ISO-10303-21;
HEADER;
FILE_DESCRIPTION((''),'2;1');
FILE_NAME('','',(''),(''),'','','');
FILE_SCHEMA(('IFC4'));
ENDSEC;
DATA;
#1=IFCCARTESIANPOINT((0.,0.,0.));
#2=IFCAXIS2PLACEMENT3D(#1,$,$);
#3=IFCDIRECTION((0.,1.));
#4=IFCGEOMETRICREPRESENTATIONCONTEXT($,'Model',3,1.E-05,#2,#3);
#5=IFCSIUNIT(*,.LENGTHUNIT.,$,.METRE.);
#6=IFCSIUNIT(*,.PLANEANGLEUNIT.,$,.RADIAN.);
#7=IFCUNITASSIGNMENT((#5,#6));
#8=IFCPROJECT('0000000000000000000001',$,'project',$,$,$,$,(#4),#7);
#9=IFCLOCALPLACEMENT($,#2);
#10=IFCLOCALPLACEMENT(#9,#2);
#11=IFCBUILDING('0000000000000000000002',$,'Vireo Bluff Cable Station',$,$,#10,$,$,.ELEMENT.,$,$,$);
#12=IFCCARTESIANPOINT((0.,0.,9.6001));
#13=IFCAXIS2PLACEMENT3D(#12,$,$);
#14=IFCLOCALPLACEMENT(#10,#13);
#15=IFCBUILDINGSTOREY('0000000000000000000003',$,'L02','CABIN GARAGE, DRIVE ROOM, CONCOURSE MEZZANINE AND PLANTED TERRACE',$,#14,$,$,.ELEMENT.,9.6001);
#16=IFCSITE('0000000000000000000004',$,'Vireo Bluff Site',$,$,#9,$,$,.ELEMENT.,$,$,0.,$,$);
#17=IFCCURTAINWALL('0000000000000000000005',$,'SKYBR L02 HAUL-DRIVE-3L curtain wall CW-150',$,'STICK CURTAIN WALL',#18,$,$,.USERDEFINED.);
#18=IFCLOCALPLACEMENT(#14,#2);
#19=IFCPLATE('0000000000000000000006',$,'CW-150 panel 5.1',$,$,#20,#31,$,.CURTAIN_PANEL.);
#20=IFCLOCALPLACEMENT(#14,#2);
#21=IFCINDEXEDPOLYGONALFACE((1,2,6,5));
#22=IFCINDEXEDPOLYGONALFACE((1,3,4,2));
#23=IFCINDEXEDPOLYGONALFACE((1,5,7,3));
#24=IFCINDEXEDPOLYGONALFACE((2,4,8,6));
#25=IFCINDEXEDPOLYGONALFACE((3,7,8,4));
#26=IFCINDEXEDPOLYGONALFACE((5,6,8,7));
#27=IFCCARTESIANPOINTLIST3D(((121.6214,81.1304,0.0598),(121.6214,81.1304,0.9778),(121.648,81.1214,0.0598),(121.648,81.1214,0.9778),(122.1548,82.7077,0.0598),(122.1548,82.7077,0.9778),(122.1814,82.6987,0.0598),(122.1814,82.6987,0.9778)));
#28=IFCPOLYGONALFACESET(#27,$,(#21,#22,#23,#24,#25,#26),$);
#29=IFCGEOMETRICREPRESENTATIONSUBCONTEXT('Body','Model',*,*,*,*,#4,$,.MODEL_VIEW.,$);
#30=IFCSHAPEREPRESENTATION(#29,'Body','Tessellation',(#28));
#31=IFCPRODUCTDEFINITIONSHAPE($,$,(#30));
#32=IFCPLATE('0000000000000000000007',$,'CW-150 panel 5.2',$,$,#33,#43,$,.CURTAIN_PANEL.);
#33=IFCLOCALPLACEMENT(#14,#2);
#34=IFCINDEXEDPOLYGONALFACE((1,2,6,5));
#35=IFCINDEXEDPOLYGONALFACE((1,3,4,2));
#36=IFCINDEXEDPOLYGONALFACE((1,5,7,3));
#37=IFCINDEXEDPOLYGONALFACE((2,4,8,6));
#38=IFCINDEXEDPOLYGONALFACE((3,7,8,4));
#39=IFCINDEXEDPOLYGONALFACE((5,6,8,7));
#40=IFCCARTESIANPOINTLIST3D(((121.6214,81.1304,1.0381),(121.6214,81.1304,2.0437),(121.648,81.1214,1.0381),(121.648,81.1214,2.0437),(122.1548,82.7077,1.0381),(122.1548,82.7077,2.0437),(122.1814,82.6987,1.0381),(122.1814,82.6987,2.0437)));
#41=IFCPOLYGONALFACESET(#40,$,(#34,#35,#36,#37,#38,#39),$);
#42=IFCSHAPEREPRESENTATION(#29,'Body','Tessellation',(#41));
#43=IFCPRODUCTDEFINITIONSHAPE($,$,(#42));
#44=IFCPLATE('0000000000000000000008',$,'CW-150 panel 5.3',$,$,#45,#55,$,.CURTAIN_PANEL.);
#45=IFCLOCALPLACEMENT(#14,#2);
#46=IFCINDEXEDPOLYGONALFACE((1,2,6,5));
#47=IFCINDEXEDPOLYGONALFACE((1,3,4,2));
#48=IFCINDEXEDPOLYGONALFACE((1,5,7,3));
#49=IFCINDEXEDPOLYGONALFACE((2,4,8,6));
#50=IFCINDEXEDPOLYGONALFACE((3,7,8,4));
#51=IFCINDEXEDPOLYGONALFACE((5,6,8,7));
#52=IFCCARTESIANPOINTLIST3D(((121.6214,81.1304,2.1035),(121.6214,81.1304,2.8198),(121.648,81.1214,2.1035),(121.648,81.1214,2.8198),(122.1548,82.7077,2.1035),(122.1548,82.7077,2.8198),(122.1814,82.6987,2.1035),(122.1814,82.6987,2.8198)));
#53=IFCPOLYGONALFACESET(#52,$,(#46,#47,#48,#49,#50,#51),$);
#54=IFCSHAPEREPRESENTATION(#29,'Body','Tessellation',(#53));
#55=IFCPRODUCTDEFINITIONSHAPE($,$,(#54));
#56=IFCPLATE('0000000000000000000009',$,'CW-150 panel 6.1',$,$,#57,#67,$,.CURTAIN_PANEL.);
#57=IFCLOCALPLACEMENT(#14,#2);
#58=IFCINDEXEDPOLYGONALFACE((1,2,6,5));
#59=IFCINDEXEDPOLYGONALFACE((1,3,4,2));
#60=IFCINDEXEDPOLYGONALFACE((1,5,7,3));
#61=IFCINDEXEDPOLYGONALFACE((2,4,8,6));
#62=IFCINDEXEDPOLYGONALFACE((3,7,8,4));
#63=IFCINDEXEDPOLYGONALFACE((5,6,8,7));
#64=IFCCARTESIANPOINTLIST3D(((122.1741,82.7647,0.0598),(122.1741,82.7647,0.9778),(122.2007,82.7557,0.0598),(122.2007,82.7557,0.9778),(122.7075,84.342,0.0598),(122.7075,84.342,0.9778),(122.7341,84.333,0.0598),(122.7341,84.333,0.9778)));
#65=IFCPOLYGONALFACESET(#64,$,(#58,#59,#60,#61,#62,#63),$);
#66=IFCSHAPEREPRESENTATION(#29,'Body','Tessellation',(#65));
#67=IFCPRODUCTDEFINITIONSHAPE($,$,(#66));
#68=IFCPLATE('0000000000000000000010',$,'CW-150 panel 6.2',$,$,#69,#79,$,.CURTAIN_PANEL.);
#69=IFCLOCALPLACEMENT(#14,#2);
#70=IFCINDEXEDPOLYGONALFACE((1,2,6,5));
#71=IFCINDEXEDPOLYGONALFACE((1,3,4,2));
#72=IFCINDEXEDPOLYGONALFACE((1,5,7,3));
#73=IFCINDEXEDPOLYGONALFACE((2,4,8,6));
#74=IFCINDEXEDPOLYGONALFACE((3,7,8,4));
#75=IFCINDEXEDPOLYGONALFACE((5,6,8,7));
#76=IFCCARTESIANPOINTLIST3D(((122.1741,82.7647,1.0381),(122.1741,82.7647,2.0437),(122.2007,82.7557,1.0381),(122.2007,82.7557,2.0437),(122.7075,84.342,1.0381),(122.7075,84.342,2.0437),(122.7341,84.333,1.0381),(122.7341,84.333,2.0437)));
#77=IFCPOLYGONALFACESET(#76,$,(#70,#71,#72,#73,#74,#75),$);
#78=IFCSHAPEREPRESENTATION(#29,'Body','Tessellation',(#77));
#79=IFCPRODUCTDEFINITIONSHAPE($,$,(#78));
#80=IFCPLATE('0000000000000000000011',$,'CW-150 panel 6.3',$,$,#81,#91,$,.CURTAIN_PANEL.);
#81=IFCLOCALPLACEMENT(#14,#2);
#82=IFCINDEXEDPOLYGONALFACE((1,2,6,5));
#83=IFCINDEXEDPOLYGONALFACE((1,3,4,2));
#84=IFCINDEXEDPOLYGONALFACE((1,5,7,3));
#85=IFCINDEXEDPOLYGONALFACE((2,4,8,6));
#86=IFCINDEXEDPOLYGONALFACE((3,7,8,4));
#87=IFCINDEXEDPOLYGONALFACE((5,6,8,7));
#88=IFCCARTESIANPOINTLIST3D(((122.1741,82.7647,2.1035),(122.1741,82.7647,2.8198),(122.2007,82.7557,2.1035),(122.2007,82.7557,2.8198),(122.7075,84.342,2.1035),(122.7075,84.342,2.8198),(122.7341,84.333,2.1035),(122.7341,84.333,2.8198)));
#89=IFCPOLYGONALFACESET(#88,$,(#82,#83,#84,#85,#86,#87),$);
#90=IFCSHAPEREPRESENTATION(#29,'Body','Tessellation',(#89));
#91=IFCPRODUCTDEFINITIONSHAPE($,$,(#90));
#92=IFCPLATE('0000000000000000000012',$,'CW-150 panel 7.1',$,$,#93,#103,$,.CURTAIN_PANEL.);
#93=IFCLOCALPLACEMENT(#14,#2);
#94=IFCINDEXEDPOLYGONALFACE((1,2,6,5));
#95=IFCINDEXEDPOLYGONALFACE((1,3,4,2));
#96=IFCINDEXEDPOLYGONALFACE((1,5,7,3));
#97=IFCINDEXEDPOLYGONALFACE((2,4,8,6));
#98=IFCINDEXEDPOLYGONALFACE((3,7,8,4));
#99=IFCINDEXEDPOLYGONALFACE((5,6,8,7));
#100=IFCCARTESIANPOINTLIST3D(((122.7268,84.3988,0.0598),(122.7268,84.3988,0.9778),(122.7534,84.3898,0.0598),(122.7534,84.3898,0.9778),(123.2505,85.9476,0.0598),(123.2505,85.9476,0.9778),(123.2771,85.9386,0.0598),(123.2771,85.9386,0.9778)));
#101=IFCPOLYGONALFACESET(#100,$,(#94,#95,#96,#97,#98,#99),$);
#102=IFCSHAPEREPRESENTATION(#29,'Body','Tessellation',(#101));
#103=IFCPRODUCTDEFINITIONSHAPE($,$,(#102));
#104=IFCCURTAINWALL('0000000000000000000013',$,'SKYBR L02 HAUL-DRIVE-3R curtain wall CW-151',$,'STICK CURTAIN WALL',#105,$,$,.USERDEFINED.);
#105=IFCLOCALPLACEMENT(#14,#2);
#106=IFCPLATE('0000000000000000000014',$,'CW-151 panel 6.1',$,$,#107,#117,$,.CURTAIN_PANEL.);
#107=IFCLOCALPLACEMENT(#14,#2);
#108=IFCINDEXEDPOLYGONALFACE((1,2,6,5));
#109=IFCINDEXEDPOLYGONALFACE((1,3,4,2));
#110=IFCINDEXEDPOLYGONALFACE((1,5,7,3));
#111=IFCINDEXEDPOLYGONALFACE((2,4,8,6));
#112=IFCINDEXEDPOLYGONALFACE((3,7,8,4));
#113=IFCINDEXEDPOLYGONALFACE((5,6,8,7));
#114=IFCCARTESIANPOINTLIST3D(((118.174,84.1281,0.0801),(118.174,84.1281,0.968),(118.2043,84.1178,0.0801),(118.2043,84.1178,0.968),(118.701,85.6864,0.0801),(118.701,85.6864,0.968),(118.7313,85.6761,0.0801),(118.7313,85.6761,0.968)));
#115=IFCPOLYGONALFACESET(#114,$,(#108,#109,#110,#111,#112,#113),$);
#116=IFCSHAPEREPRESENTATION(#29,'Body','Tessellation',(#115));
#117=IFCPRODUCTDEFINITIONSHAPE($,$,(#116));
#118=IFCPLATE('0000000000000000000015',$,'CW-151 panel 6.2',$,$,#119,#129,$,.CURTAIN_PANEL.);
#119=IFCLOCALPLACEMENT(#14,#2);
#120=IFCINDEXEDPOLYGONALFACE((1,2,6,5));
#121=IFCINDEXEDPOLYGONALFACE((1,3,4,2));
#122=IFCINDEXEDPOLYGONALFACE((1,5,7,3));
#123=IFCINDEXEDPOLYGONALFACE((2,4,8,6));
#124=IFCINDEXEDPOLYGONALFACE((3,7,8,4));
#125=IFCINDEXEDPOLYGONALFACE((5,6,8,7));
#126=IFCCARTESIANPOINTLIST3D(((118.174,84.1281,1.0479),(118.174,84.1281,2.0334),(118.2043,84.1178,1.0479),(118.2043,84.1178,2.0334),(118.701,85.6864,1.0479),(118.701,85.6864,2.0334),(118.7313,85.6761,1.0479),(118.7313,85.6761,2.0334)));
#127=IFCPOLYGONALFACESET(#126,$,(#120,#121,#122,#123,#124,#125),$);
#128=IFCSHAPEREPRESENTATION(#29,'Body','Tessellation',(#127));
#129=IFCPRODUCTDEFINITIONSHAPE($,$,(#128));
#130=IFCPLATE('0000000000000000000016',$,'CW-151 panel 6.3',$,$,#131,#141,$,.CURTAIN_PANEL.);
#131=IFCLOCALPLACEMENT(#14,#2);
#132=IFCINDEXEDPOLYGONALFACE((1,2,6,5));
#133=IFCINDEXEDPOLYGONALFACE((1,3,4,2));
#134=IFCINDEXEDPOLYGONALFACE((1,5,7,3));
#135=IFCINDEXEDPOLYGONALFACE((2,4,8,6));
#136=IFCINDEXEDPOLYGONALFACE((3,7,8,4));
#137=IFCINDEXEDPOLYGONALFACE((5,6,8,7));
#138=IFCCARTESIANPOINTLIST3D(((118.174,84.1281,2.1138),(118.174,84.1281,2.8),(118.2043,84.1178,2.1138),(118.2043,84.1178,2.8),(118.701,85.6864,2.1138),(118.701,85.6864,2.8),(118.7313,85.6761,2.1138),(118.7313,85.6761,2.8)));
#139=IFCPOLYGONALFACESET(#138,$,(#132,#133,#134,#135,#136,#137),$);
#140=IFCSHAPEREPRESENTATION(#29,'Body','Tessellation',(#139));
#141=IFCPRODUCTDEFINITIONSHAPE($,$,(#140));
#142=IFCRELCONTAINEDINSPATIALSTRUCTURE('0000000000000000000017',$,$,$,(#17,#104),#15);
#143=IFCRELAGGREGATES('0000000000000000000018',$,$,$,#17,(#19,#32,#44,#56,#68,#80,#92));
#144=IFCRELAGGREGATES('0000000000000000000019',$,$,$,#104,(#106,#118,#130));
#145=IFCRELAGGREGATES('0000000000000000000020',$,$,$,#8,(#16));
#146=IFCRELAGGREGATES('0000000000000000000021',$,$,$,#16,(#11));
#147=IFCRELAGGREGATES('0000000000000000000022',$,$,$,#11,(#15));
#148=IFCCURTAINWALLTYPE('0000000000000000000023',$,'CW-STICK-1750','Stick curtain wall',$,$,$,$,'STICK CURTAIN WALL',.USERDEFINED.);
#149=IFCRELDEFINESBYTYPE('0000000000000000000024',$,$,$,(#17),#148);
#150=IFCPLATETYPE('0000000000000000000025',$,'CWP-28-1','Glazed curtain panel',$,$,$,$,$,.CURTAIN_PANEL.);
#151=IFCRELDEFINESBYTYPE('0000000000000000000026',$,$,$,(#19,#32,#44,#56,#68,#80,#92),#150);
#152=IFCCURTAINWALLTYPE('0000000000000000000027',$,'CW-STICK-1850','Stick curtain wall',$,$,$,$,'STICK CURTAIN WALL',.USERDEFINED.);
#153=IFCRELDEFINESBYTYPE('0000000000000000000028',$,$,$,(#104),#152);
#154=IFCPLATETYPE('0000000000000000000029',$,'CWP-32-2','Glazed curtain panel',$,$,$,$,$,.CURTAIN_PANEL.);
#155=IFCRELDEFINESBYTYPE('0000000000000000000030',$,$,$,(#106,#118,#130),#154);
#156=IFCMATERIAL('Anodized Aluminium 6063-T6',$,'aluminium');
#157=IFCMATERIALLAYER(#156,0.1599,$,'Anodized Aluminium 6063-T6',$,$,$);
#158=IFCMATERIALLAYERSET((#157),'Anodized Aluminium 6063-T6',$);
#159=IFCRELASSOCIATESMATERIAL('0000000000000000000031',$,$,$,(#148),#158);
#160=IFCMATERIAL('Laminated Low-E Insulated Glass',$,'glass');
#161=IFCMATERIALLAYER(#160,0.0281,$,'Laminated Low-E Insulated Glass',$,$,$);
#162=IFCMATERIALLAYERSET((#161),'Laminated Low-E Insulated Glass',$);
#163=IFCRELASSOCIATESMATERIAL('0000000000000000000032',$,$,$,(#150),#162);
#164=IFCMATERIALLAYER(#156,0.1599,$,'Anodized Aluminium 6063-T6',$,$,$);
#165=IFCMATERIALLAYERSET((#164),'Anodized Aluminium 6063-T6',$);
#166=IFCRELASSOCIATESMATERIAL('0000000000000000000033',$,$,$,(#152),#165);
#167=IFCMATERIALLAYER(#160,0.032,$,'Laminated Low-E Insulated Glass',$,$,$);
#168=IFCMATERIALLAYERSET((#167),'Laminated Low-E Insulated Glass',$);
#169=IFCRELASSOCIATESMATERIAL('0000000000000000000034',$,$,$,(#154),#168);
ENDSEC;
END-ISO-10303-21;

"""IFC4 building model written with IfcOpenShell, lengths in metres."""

from ifc_helpers import new_model, si_unit, direction, frame, origin, origin_2d, place, context, subcontext, project, spatial, rectangle, extrude, material, layer, layer_set, type_object, element, aggregate, save


model = new_model("IFC4")

# Units and contexts
model_context = context("Model", 3, precision=1e-05, world=origin(), true_north=direction((0.0, 1.0)))
body_context = subcontext(model_context, "Body", "Model", "MODEL_VIEW")
ifc_project = project(units=[si_unit("LENGTHUNIT", "METRE"), si_unit("PLANEANGLEUNIT", "RADIAN")], contexts=[model_context])

# Site, building, storey
site_placement = place(None, origin())
site = spatial("IfcSite", under=ifc_project, at=site_placement, Name="Vireo Bluff Site", CompositionType="ELEMENT", RefElevation=0.0)
building_placement = place(site_placement, origin())
building = spatial("IfcBuilding", under=site, at=building_placement, Name="Vireo Bluff Cable Station", CompositionType="ELEMENT")
storey_placement = place(building_placement, frame((0.0, 0.0, 9.6001)))
storey = spatial("IfcBuildingStorey", under=building, at=storey_placement, Name="L02", Description="CABIN GARAGE, DRIVE ROOM, CONCOURSE MEZZANINE AND PLANTED TERRACE", CompositionType="ELEMENT", Elevation=9.6001)

# Curtain wall, plates
ifc_material_1 = material(Name="Anodized Aluminium 6063-T6", Category="aluminium")
ifc_layer_1 = layer(ifc_material_1, 0.1599, Name="Anodized Aluminium 6063-T6")
ifc_layer_set_1 = layer_set([ifc_layer_1], Name="Anodized Aluminium 6063-T6")
curtain_wall_type_1 = type_object("IfcCurtainWallType", Name="CW-STICK-1750", Description="Stick curtain wall", ElementType="STICK CURTAIN WALL", PredefinedType="USERDEFINED", material=ifc_layer_set_1)
curtain_wall_1_placement = place(storey_placement, origin())
curtain_wall_1 = element("IfcCurtainWall", 1, at=curtain_wall_1_placement, inside=storey, type_object=curtain_wall_type_1, Name="SKYBR L02 HAUL-DRIVE-3L curtain wall CW-150", ObjectType="STICK CURTAIN WALL", PredefinedType="USERDEFINED")
ifc_material_2 = material(Name="Laminated Low-E Insulated Glass", Category="glass")
ifc_layer_2 = layer(ifc_material_2, 0.0281, Name="Laminated Low-E Insulated Glass")
ifc_layer_set_2 = layer_set([ifc_layer_2], Name="Laminated Low-E Insulated Glass")
plate_type_1 = type_object("IfcPlateType", Name="CWP-28-1", Description="Glazed curtain panel", PredefinedType="CURTAIN_PANEL", material=ifc_layer_set_2)
plate_1_placement = place(storey_placement, frame((121.9014, 81.9146, 0.0598), z_axis=(0.0, 0.0, 1.0), x_axis=(0.320354, 0.947298, 0.0)))
plate_1 = element("IfcPlate", 2, at=plate_1_placement, type_object=plate_type_1, Name="CW-150 panel 5.1", PredefinedType="CURTAIN_PANEL", context=body_context, shape_type="SweptSolid", body=[
    extrude(rectangle(XDim=1.665, YDim=0.0281, at=origin_2d()), origin(), (0.0, 0.0, 1.0), 0.918),
])
plate_2_placement = place(storey_placement, frame((121.9014, 81.9146, 1.0381), z_axis=(0.0, 0.0, 1.0), x_axis=(0.320354, 0.947298, 0.0)))
plate_2 = element("IfcPlate", 3, at=plate_2_placement, type_object=plate_type_1, Name="CW-150 panel 5.2", PredefinedType="CURTAIN_PANEL", context=body_context, shape_type="SweptSolid", body=[
    extrude(rectangle(XDim=1.665, YDim=0.0281, at=origin_2d()), origin(), (0.0, 0.0, 1.0), 1.0056),
])
plate_3_placement = place(storey_placement, frame((121.9014, 81.9146, 2.1035), z_axis=(0.0, 0.0, 1.0), x_axis=(0.320354, 0.947298, 0.0)))
plate_3 = element("IfcPlate", 4, at=plate_3_placement, type_object=plate_type_1, Name="CW-150 panel 5.3", PredefinedType="CURTAIN_PANEL", context=body_context, shape_type="SweptSolid", body=[
    extrude(rectangle(XDim=1.665, YDim=0.0281, at=origin_2d()), origin(), (0.0, 0.0, 1.0), 0.7163),
])
plate_4_placement = place(storey_placement, frame((122.4541, 83.5488, 0.0598), z_axis=(0.0, 0.0, 1.0), x_axis=(0.320354, 0.947298, 0.0)))
plate_4 = element("IfcPlate", 5, at=plate_4_placement, type_object=plate_type_1, Name="CW-150 panel 6.1", PredefinedType="CURTAIN_PANEL", context=body_context, shape_type="SweptSolid", body=[
    extrude(rectangle(XDim=1.665, YDim=0.0281, at=origin_2d()), origin(), (0.0, 0.0, 1.0), 0.918),
])
plate_5_placement = place(storey_placement, frame((122.4541, 83.5488, 1.0381), z_axis=(0.0, 0.0, 1.0), x_axis=(0.320354, 0.947298, 0.0)))
plate_5 = element("IfcPlate", 6, at=plate_5_placement, type_object=plate_type_1, Name="CW-150 panel 6.2", PredefinedType="CURTAIN_PANEL", context=body_context, shape_type="SweptSolid", body=[
    extrude(rectangle(XDim=1.665, YDim=0.0281, at=origin_2d()), origin(), (0.0, 0.0, 1.0), 1.0056),
])
plate_6_placement = place(storey_placement, frame((122.4541, 83.5488, 2.1035), z_axis=(0.0, 0.0, 1.0), x_axis=(0.320354, 0.947298, 0.0)))
plate_6 = element("IfcPlate", 7, at=plate_6_placement, type_object=plate_type_1, Name="CW-150 panel 6.3", PredefinedType="CURTAIN_PANEL", context=body_context, shape_type="SweptSolid", body=[
    extrude(rectangle(XDim=1.665, YDim=0.0281, at=origin_2d()), origin(), (0.0, 0.0, 1.0), 0.7163),
])
plate_7_placement = place(storey_placement, frame((123.002, 85.1687, 0.0598), z_axis=(0.0, 0.0, 1.0), x_axis=(0.320354, 0.947298, 0.0)))
plate_7 = element("IfcPlate", 8, at=plate_7_placement, type_object=plate_type_1, Name="CW-150 panel 7.1", PredefinedType="CURTAIN_PANEL", context=body_context, shape_type="SweptSolid", body=[
    extrude(rectangle(XDim=1.635, YDim=0.0281, at=origin_2d()), origin(), (0.0, 0.0, 1.0), 0.918),
])
aggregate(curtain_wall_1, [plate_1, plate_2, plate_3, plate_4, plate_5, plate_6, plate_7])

# Curtain wall, plates
ifc_layer_3 = layer(ifc_material_1, 0.1599, Name="Anodized Aluminium 6063-T6")
ifc_layer_set_3 = layer_set([ifc_layer_3], Name="Anodized Aluminium 6063-T6")
curtain_wall_type_2 = type_object("IfcCurtainWallType", Name="CW-STICK-1850", Description="Stick curtain wall", ElementType="STICK CURTAIN WALL", PredefinedType="USERDEFINED", material=ifc_layer_set_3)
curtain_wall_2_placement = place(storey_placement, origin())
curtain_wall_2 = element("IfcCurtainWall", 9, at=curtain_wall_2_placement, inside=storey, type_object=curtain_wall_type_2, Name="SKYBR L02 HAUL-DRIVE-3R curtain wall CW-151", ObjectType="STICK CURTAIN WALL", PredefinedType="USERDEFINED")
ifc_layer_4 = layer(ifc_material_2, 0.032, Name="Laminated Low-E Insulated Glass")
ifc_layer_set_4 = layer_set([ifc_layer_4], Name="Laminated Low-E Insulated Glass")
plate_type_2 = type_object("IfcPlateType", Name="CWP-32-2", Description="Glazed curtain panel", PredefinedType="CURTAIN_PANEL", material=ifc_layer_set_4)
plate_8_placement = place(storey_placement, frame((118.4526, 84.9021, 0.0801), z_axis=(0.0, 0.0, 1.0), x_axis=(0.320354, 0.947298, 0.0)))
plate_8 = element("IfcPlate", 10, at=plate_8_placement, type_object=plate_type_2, Name="CW-151 panel 6.1", PredefinedType="CURTAIN_PANEL", context=body_context, shape_type="SweptSolid", body=[
    extrude(rectangle(XDim=1.645, YDim=0.032, at=origin_2d()), origin(), (0.0, 0.0, 1.0), 0.8879),
])
plate_9_placement = place(storey_placement, frame((118.4526, 84.9021, 1.0479), z_axis=(0.0, 0.0, 1.0), x_axis=(0.320354, 0.947298, 0.0)))
plate_9 = element("IfcPlate", 11, at=plate_9_placement, type_object=plate_type_2, Name="CW-151 panel 6.2", PredefinedType="CURTAIN_PANEL", context=body_context, shape_type="SweptSolid", body=[
    extrude(rectangle(XDim=1.645, YDim=0.032, at=origin_2d()), origin(), (0.0, 0.0, 1.0), 0.9856),
])
plate_10_placement = place(storey_placement, frame((118.4526, 84.9021, 2.1138), z_axis=(0.0, 0.0, 1.0), x_axis=(0.320354, 0.947298, 0.0)))
plate_10 = element("IfcPlate", 12, at=plate_10_placement, type_object=plate_type_2, Name="CW-151 panel 6.3", PredefinedType="CURTAIN_PANEL", context=body_context, shape_type="SweptSolid", body=[
    extrude(rectangle(XDim=1.645, YDim=0.032, at=origin_2d()), origin(), (0.0, 0.0, 1.0), 0.6863),
])
aggregate(curtain_wall_2, [plate_8, plate_9, plate_10])

save(model, "model.ifc")
